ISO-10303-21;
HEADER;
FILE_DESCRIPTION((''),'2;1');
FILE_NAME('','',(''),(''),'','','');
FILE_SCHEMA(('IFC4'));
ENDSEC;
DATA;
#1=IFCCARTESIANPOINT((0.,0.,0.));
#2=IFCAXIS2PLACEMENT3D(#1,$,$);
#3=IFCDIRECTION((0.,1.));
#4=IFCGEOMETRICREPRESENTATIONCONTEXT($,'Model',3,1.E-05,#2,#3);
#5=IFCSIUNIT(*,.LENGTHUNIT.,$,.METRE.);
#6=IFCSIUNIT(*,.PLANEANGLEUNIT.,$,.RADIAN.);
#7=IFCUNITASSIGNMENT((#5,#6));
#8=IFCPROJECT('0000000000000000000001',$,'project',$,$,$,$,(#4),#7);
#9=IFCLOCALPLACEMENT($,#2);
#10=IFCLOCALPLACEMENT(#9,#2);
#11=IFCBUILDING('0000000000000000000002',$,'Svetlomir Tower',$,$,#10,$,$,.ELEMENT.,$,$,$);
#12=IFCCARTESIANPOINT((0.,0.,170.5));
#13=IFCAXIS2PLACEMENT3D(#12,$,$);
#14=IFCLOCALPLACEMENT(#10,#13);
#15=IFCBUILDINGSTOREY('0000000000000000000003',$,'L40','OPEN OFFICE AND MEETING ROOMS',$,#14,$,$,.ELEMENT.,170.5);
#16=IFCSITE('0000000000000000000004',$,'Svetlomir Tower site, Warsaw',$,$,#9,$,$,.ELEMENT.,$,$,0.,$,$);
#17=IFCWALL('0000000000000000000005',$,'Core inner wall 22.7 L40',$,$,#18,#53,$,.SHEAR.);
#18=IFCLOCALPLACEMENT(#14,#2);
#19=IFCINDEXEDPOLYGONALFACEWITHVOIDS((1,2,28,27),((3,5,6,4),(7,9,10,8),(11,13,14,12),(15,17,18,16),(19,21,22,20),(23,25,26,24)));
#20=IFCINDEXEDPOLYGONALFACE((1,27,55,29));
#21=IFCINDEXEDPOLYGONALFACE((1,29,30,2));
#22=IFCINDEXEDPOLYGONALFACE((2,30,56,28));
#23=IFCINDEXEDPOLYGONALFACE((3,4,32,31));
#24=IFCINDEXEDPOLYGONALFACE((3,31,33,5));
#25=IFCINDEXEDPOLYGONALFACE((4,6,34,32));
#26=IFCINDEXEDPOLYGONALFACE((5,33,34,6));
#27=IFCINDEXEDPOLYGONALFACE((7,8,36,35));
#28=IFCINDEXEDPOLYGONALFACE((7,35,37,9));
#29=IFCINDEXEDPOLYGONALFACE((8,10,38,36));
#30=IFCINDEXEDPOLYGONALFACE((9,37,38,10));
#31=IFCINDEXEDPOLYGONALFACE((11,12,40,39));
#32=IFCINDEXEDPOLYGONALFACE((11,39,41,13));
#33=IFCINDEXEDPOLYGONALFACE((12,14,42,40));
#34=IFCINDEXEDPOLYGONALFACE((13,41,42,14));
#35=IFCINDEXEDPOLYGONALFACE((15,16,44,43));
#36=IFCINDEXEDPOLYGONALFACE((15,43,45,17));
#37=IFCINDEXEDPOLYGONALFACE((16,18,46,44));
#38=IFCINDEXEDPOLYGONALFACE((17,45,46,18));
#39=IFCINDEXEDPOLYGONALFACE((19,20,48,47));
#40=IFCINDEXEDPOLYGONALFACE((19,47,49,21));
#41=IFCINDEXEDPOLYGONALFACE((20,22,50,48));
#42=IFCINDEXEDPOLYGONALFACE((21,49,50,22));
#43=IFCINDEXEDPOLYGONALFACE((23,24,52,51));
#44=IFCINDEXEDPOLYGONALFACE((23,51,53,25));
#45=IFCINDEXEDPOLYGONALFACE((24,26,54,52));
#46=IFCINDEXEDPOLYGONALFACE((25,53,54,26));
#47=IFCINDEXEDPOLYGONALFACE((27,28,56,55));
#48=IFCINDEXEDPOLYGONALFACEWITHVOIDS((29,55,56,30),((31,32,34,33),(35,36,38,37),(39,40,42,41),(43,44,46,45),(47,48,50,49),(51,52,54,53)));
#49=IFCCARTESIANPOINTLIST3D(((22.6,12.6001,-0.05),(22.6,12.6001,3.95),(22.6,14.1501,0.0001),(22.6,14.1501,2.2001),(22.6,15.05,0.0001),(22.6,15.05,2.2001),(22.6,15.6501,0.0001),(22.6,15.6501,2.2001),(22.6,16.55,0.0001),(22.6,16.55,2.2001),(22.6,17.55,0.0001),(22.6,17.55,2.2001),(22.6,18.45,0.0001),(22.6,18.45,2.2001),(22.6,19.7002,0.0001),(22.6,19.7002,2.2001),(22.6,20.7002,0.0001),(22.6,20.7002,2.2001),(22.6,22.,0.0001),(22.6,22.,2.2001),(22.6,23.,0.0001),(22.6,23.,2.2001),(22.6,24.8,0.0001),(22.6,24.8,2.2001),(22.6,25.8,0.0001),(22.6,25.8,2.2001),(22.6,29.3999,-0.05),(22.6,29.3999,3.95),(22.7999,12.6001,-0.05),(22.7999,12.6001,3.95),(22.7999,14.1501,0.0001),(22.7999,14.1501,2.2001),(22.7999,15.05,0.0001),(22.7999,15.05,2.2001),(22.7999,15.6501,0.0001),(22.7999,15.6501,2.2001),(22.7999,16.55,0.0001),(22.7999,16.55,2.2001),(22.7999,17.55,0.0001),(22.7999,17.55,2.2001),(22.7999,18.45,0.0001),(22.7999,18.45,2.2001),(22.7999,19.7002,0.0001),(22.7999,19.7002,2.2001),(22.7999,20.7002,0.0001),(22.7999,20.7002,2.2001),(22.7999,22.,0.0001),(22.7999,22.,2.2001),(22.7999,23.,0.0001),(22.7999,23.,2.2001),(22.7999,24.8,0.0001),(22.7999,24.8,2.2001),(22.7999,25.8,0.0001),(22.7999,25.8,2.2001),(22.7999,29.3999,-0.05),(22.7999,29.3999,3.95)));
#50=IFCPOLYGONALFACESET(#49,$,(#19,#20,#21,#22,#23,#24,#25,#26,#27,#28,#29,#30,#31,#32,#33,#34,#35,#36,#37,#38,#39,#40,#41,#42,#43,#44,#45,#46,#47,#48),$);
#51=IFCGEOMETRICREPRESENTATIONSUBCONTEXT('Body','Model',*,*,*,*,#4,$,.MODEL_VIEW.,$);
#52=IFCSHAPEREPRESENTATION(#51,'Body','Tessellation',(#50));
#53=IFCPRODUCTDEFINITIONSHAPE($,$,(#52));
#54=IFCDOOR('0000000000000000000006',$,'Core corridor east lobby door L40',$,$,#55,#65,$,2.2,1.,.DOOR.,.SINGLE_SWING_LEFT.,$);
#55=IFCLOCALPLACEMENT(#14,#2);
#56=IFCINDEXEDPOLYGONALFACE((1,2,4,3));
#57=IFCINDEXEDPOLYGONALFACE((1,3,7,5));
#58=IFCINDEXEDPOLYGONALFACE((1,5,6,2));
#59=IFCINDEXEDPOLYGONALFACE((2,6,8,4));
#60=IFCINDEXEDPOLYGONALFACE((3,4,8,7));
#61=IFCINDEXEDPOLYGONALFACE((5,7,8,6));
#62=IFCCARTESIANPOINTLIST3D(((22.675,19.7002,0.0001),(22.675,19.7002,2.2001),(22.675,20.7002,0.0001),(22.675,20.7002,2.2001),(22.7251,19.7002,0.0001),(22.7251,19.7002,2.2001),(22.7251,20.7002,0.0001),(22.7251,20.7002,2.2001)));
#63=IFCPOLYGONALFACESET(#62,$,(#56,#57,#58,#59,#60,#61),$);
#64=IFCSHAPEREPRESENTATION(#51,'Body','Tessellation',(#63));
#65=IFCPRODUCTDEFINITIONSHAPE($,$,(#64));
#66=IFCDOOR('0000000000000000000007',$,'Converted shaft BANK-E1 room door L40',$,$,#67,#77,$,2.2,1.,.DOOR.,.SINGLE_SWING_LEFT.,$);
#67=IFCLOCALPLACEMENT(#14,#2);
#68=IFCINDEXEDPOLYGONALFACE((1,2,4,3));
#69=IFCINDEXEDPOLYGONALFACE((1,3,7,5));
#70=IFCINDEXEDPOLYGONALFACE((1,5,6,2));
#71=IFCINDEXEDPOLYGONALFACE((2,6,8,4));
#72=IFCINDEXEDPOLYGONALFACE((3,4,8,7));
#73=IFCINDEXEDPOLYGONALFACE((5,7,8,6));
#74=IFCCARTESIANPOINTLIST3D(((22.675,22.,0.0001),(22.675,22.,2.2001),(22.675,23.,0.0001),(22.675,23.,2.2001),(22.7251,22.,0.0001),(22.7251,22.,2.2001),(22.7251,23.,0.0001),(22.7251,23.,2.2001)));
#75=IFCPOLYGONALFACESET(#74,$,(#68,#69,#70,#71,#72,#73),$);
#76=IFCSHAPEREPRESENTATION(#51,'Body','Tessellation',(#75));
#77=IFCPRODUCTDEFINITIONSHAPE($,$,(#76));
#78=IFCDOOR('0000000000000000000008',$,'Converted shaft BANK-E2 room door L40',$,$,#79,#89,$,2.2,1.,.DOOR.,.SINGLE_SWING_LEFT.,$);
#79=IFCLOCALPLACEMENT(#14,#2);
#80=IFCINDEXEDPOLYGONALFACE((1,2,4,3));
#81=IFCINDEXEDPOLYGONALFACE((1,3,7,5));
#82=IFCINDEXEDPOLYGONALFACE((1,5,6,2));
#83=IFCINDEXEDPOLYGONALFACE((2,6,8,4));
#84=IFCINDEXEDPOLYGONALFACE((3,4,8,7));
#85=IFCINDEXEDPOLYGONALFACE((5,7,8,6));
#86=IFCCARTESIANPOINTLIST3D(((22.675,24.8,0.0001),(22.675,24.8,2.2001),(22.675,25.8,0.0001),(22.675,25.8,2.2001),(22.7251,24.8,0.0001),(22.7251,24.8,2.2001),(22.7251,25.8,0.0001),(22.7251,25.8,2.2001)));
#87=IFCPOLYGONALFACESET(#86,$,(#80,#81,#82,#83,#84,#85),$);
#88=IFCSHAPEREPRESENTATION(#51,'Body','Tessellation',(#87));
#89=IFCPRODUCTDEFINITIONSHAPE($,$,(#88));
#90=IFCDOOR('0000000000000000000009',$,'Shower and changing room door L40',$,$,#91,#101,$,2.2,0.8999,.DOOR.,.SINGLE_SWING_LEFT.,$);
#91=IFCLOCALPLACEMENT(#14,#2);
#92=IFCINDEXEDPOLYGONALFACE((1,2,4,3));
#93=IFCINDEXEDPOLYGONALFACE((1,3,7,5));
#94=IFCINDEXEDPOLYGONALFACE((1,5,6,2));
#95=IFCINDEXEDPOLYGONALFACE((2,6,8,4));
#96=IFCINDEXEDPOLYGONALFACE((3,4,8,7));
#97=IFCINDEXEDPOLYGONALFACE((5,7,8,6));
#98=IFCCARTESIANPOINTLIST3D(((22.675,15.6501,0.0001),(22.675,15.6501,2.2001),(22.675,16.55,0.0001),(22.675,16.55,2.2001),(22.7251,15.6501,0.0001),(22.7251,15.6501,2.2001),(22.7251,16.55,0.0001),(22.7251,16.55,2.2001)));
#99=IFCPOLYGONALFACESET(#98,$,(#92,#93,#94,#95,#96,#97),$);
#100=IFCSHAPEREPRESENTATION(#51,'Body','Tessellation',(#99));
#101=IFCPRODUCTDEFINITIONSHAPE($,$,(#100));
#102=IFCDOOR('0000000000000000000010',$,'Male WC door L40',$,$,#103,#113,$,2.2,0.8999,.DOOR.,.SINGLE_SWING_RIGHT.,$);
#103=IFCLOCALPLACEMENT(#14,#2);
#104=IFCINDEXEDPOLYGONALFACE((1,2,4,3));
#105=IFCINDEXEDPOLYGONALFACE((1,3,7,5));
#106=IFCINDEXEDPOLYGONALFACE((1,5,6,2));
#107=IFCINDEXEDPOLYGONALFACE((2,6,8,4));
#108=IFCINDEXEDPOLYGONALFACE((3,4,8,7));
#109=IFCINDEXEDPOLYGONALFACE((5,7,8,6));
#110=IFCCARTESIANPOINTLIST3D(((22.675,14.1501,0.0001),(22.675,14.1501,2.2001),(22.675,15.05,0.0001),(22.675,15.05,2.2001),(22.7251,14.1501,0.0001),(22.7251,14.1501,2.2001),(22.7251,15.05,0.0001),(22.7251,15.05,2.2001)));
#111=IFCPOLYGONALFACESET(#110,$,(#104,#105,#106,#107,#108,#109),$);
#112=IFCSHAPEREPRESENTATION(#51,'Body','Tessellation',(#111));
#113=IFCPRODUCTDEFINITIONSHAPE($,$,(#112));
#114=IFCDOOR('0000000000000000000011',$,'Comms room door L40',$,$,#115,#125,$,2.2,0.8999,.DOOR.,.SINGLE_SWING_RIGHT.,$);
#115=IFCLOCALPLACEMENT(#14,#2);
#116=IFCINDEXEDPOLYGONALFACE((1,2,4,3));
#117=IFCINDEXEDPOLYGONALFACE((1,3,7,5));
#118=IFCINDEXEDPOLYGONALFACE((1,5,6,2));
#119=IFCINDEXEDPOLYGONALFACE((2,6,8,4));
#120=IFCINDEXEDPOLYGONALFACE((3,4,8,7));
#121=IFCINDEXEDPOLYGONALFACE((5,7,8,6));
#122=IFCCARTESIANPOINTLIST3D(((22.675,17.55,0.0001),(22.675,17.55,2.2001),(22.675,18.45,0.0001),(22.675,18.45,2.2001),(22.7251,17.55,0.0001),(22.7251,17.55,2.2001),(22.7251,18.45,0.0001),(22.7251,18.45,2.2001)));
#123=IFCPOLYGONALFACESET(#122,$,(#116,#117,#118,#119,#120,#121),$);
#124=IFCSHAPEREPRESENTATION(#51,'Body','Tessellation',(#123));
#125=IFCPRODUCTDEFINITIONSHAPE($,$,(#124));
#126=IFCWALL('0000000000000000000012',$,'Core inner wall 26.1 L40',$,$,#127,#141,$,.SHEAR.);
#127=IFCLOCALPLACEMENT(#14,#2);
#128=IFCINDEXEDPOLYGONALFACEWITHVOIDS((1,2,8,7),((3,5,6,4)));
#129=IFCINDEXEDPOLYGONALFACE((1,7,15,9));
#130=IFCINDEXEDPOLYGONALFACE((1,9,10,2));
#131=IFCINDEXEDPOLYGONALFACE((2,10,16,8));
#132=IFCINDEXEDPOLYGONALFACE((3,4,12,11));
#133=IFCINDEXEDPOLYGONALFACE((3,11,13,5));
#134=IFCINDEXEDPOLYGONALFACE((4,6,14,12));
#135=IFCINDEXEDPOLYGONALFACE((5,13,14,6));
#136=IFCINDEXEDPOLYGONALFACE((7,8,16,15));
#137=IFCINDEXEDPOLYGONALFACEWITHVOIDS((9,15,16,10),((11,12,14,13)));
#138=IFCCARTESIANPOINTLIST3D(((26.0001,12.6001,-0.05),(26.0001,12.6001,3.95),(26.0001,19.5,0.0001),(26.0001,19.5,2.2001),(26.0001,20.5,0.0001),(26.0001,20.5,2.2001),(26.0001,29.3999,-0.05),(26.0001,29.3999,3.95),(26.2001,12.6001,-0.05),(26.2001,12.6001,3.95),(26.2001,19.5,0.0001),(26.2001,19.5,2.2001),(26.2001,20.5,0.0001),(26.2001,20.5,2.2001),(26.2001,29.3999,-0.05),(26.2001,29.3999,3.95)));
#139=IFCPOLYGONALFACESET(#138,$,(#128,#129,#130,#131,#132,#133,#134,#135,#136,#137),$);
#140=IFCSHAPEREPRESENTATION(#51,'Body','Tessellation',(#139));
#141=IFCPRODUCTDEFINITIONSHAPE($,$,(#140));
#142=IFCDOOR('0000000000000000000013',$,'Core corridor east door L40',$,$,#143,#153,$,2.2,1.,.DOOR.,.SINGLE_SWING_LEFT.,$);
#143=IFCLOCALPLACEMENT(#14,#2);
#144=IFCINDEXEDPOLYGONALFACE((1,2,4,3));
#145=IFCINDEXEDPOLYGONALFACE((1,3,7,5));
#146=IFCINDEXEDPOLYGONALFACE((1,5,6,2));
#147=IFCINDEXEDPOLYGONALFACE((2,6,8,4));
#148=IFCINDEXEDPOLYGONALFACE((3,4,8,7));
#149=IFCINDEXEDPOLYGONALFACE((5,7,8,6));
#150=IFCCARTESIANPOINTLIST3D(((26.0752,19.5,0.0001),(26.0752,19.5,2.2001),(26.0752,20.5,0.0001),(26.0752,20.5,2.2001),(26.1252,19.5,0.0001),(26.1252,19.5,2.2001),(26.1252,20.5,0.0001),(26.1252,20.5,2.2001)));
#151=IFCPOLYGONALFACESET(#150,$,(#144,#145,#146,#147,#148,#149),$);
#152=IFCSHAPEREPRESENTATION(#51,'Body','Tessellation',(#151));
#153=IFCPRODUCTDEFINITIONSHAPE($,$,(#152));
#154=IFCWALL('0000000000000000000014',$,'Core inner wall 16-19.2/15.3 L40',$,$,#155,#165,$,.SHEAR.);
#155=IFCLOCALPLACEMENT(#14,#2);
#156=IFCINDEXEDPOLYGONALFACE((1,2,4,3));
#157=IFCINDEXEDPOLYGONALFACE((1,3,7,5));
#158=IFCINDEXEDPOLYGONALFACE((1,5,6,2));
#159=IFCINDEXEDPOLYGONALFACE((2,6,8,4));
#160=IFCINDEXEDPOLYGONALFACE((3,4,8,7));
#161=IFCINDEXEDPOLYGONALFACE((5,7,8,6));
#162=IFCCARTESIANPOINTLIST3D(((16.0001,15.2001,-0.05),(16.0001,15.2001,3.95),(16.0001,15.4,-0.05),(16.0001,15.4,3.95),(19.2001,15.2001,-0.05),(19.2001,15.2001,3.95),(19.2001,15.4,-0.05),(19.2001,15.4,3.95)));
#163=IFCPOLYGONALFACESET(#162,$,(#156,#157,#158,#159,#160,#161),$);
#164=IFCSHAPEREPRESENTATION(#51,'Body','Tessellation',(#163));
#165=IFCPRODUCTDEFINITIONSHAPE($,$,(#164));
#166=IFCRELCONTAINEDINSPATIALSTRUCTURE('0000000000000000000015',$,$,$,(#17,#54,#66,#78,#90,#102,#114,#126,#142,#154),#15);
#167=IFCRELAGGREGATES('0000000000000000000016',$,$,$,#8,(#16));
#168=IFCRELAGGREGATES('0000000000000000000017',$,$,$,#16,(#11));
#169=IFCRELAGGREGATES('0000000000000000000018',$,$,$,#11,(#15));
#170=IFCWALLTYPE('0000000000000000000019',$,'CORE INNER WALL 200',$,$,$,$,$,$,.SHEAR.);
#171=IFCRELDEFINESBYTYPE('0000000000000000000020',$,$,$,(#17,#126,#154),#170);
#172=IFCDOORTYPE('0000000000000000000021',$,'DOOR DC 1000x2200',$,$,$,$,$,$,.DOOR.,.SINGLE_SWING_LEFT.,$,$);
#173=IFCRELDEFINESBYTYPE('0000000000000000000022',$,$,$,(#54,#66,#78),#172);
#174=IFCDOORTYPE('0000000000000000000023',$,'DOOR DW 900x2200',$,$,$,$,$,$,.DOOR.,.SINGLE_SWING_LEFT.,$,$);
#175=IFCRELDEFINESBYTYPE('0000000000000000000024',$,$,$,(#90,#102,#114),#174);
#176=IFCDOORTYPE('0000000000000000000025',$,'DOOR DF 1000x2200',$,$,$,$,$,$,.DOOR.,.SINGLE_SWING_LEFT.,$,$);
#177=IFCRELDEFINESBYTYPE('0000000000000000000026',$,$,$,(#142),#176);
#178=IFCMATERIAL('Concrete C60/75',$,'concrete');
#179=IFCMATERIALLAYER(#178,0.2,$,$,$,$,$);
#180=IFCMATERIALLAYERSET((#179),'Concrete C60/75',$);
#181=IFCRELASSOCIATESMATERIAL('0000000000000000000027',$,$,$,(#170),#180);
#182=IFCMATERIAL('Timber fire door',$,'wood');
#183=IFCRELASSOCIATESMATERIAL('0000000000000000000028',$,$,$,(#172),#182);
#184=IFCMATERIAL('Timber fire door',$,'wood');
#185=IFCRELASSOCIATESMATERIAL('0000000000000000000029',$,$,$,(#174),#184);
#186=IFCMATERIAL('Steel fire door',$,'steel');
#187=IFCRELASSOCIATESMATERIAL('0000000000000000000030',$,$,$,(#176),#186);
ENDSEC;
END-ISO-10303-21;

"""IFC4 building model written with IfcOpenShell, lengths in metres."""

from ifc_helpers import new_model, si_unit, direction, frame, frame_2d, origin, place, context, subcontext, project, spatial, rectangle, extrude, material, layer, layer_set, type_object, element, fill, save


model = new_model("IFC4")

# Units and contexts
model_context = context("Model", 3, precision=1e-05, world=origin(), true_north=direction((0.0, 1.0)))
body_context = subcontext(model_context, "Body", "Model", "MODEL_VIEW")
ifc_project = project(units=[si_unit("LENGTHUNIT", "METRE"), si_unit("PLANEANGLEUNIT", "RADIAN")], contexts=[model_context])

# Site, building, storey
site_placement = place(None, origin())
site = spatial("IfcSite", under=ifc_project, at=site_placement, Name="Svetlomir Tower site, Warsaw", CompositionType="ELEMENT", RefElevation=0.0)
building_placement = place(site_placement, origin())
building = spatial("IfcBuilding", under=site, at=building_placement, Name="Svetlomir Tower", CompositionType="ELEMENT")
storey_placement = place(building_placement, frame((0.0, 0.0, 170.5)))
storey = spatial("IfcBuildingStorey", under=building, at=storey_placement, Name="L40", Description="OPEN OFFICE AND MEETING ROOMS", CompositionType="ELEMENT", Elevation=170.5)

# Wall, openings, doors
ifc_material_1 = material(Name="Concrete C60/75", Category="concrete")
ifc_layer_1 = layer(ifc_material_1, 0.2)
ifc_layer_set_1 = layer_set([ifc_layer_1], Name="Concrete C60/75")
wall_type_1 = type_object("IfcWallType", Name="CORE INNER WALL 200", PredefinedType="SHEAR", material=ifc_layer_set_1)
wall_1_placement = place(storey_placement, frame((22.7, 12.6001, -0.05), z_axis=(0.0, 0.0, 1.0), x_axis=(0.0, 1.0, 0.0)))
wall_1 = element("IfcWall", 1, at=wall_1_placement, inside=storey, type_object=wall_type_1, Name="Core inner wall 22.7 L40", PredefinedType="SHEAR", context=body_context, shape_type="SweptSolid", body=[
    extrude(rectangle(XDim=16.7998, YDim=0.2, at=frame_2d((8.3999, 0.0))), origin(), (0.0, 0.0, 1.0), 4.0),
])
opening_1_placement = place(wall_1_placement, frame((3.05, 0.0, 0.05)))
opening_1 = element("IfcOpeningElement", 2, at=opening_1_placement, cuts=wall_1, PredefinedType="OPENING", context=body_context, shape_type="SweptSolid", body=[
    extrude(rectangle(XDim=0.8999, YDim=2.2, at=frame_2d((0.45, 1.1001))), frame((0.0, 0.1099, 0.0), z_axis=(0.0, -1.0, 0.0), x_axis=(1.0, 0.0, 0.0)), (0.0, 0.0, 1.0), 0.22),
])
opening_2_placement = place(wall_1_placement, frame((7.1001, 0.0, 0.05)))
opening_2 = element("IfcOpeningElement", 3, at=opening_2_placement, cuts=wall_1, PredefinedType="OPENING", context=body_context, shape_type="SweptSolid", body=[
    extrude(rectangle(XDim=1.0, YDim=2.2, at=frame_2d((0.5, 1.1001))), frame((0.0, 0.1099, 0.0), z_axis=(0.0, -1.0, 0.0), x_axis=(1.0, 0.0, 0.0)), (0.0, 0.0, 1.0), 0.22),
])
opening_3_placement = place(wall_1_placement, frame((1.55, 0.0, 0.05)))
opening_3 = element("IfcOpeningElement", 4, at=opening_3_placement, cuts=wall_1, PredefinedType="OPENING", context=body_context, shape_type="SweptSolid", body=[
    extrude(rectangle(XDim=0.8999, YDim=2.2, at=frame_2d((0.45, 1.1001))), frame((0.0, 0.1099, 0.0), z_axis=(0.0, -1.0, 0.0), x_axis=(1.0, 0.0, 0.0)), (0.0, 0.0, 1.0), 0.22),
])
opening_4_placement = place(wall_1_placement, frame((4.95, 0.0, 0.05)))
opening_4 = element("IfcOpeningElement", 5, at=opening_4_placement, cuts=wall_1, PredefinedType="OPENING", context=body_context, shape_type="SweptSolid", body=[
    extrude(rectangle(XDim=0.8999, YDim=2.2, at=frame_2d((0.45, 1.1001))), frame((0.0, 0.1099, 0.0), z_axis=(0.0, -1.0, 0.0), x_axis=(1.0, 0.0, 0.0)), (0.0, 0.0, 1.0), 0.22),
])
opening_5_placement = place(wall_1_placement, frame((9.3999, 0.0, 0.05)))
opening_5 = element("IfcOpeningElement", 6, at=opening_5_placement, cuts=wall_1, PredefinedType="OPENING", context=body_context, shape_type="SweptSolid", body=[
    extrude(rectangle(XDim=1.0, YDim=2.2, at=frame_2d((0.5, 1.1001))), frame((0.0, 0.1099, 0.0), z_axis=(0.0, -1.0, 0.0), x_axis=(1.0, 0.0, 0.0)), (0.0, 0.0, 1.0), 0.22),
])
opening_6_placement = place(wall_1_placement, frame((12.2, 0.0, 0.05)))
opening_6 = element("IfcOpeningElement", 7, at=opening_6_placement, cuts=wall_1, PredefinedType="OPENING", context=body_context, shape_type="SweptSolid", body=[
    extrude(rectangle(XDim=1.0, YDim=2.2, at=frame_2d((0.5, 1.1001))), frame((0.0, 0.1099, 0.0), z_axis=(0.0, -1.0, 0.0), x_axis=(1.0, 0.0, 0.0)), (0.0, 0.0, 1.0), 0.22),
])
ifc_material_2 = material(Name="Timber fire door", Category="wood")
door_type_1 = type_object("IfcDoorType", Name="DOOR DC 1000x2200", OperationType="SINGLE_SWING_LEFT", PredefinedType="DOOR", material=ifc_material_2)
door_1_placement = place(opening_2_placement, origin())
door_1 = element("IfcDoor", 8, at=door_1_placement, inside=storey, type_object=door_type_1, Name="Core corridor east lobby door L40", OperationType="SINGLE_SWING_LEFT", OverallHeight=2.2, OverallWidth=1.0, PredefinedType="DOOR", context=body_context, shape_type="SweptSolid", body=[
    extrude(rectangle(XDim=1.0, YDim=2.2, at=frame_2d((0.5, 1.1001))), frame((0.0, 0.0249, 0.0), z_axis=(0.0, -1.0, 0.0), x_axis=(1.0, 0.0, 0.0)), (0.0, 0.0, 1.0), 0.05),
])
fill(opening_2, door_1)
door_2_placement = place(opening_5_placement, origin())
door_2 = element("IfcDoor", 9, at=door_2_placement, inside=storey, type_object=door_type_1, Name="Converted shaft BANK-E1 room door L40", OperationType="SINGLE_SWING_LEFT", OverallHeight=2.2, OverallWidth=1.0, PredefinedType="DOOR", context=body_context, shape_type="SweptSolid", body=[
    extrude(rectangle(XDim=1.0, YDim=2.2, at=frame_2d((0.5, 1.1001))), frame((0.0, 0.0249, 0.0), z_axis=(0.0, -1.0, 0.0), x_axis=(1.0, 0.0, 0.0)), (0.0, 0.0, 1.0), 0.05),
])
fill(opening_5, door_2)
door_3_placement = place(opening_6_placement, origin())
door_3 = element("IfcDoor", 10, at=door_3_placement, inside=storey, type_object=door_type_1, Name="Converted shaft BANK-E2 room door L40", OperationType="SINGLE_SWING_LEFT", OverallHeight=2.2, OverallWidth=1.0, PredefinedType="DOOR", context=body_context, shape_type="SweptSolid", body=[
    extrude(rectangle(XDim=1.0, YDim=2.2, at=frame_2d((0.5, 1.1001))), frame((0.0, 0.0249, 0.0), z_axis=(0.0, -1.0, 0.0), x_axis=(1.0, 0.0, 0.0)), (0.0, 0.0, 1.0), 0.05),
])
fill(opening_6, door_3)
ifc_material_3 = material(Name="Timber fire door", Category="wood")
door_type_2 = type_object("IfcDoorType", Name="DOOR DW 900x2200", OperationType="SINGLE_SWING_LEFT", PredefinedType="DOOR", material=ifc_material_3)
door_4_placement = place(opening_1_placement, origin())
door_4 = element("IfcDoor", 11, at=door_4_placement, inside=storey, type_object=door_type_2, Name="Shower and changing room door L40", OperationType="SINGLE_SWING_LEFT", OverallHeight=2.2, OverallWidth=0.8999, PredefinedType="DOOR", context=body_context, shape_type="SweptSolid", body=[
    extrude(rectangle(XDim=0.8999, YDim=2.2, at=frame_2d((0.45, 1.1001))), frame((0.0, 0.0249, 0.0), z_axis=(0.0, -1.0, 0.0), x_axis=(1.0, 0.0, 0.0)), (0.0, 0.0, 1.0), 0.05),
])
fill(opening_1, door_4)
door_5_placement = place(opening_3_placement, origin())
door_5 = element("IfcDoor", 12, at=door_5_placement, inside=storey, type_object=door_type_2, Name="Male WC door L40", OperationType="SINGLE_SWING_RIGHT", OverallHeight=2.2, OverallWidth=0.8999, PredefinedType="DOOR", context=body_context, shape_type="SweptSolid", body=[
    extrude(rectangle(XDim=0.8999, YDim=2.2, at=frame_2d((0.45, 1.1001))), frame((0.0, 0.0249, 0.0), z_axis=(0.0, -1.0, 0.0), x_axis=(1.0, 0.0, 0.0)), (0.0, 0.0, 1.0), 0.05),
])
fill(opening_3, door_5)
door_6_placement = place(opening_4_placement, origin())
door_6 = element("IfcDoor", 13, at=door_6_placement, inside=storey, type_object=door_type_2, Name="Comms room door L40", OperationType="SINGLE_SWING_RIGHT", OverallHeight=2.2, OverallWidth=0.8999, PredefinedType="DOOR", context=body_context, shape_type="SweptSolid", body=[
    extrude(rectangle(XDim=0.8999, YDim=2.2, at=frame_2d((0.45, 1.1001))), frame((0.0, 0.0249, 0.0), z_axis=(0.0, -1.0, 0.0), x_axis=(1.0, 0.0, 0.0)), (0.0, 0.0, 1.0), 0.05),
])
fill(opening_4, door_6)

# Wall, opening, door
wall_2_placement = place(storey_placement, frame((26.1001, 12.6001, -0.05), z_axis=(0.0, 0.0, 1.0), x_axis=(0.0, 1.0, 0.0)))
wall_2 = element("IfcWall", 14, at=wall_2_placement, inside=storey, type_object=wall_type_1, Name="Core inner wall 26.1 L40", PredefinedType="SHEAR", context=body_context, shape_type="SweptSolid", body=[
    extrude(rectangle(XDim=16.7998, YDim=0.2, at=frame_2d((8.3999, 0.0))), origin(), (0.0, 0.0, 1.0), 4.0),
])
opening_7_placement = place(wall_2_placement, frame((6.8999, 0.0, 0.05)))
opening_7 = element("IfcOpeningElement", 15, at=opening_7_placement, cuts=wall_2, PredefinedType="OPENING", context=body_context, shape_type="SweptSolid", body=[
    extrude(rectangle(XDim=1.0, YDim=2.2, at=frame_2d((0.5, 1.1001))), frame((0.0, 0.1099, 0.0), z_axis=(0.0, -1.0, 0.0), x_axis=(1.0, 0.0, 0.0)), (0.0, 0.0, 1.0), 0.22),
])
ifc_material_4 = material(Name="Steel fire door", Category="steel")
door_type_3 = type_object("IfcDoorType", Name="DOOR DF 1000x2200", OperationType="SINGLE_SWING_LEFT", PredefinedType="DOOR", material=ifc_material_4)
door_7_placement = place(opening_7_placement, origin())
door_7 = element("IfcDoor", 16, at=door_7_placement, inside=storey, type_object=door_type_3, Name="Core corridor east door L40", OperationType="SINGLE_SWING_LEFT", OverallHeight=2.2, OverallWidth=1.0, PredefinedType="DOOR", context=body_context, shape_type="SweptSolid", body=[
    extrude(rectangle(XDim=1.0, YDim=2.2, at=frame_2d((0.5, 1.1001))), frame((0.0, 0.0249, 0.0), z_axis=(0.0, -1.0, 0.0), x_axis=(1.0, 0.0, 0.0)), (0.0, 0.0, 1.0), 0.05),
])
fill(opening_7, door_7)

# Wall
for number, where, z_axis, x_axis, name in (
    (17, (16.0, 15.3, -0.05), (0.0, 0.0, 1.0), (1.0, 0.0, 0.0), "Core inner wall 16-19.2/15.3 L40"),
):
    element("IfcWall", number, at=place(storey_placement, frame(where, z_axis=z_axis, x_axis=x_axis)), inside=storey, type_object=wall_type_1, Name=name, PredefinedType="SHEAR", context=body_context, shape_type="SweptSolid", body=[
        extrude(rectangle(XDim=3.2, YDim=0.2, at=frame_2d((1.6001, 0.0))), origin(), (0.0, 0.0, 1.0), 4.0),
    ])

save(model, "model.ifc")
